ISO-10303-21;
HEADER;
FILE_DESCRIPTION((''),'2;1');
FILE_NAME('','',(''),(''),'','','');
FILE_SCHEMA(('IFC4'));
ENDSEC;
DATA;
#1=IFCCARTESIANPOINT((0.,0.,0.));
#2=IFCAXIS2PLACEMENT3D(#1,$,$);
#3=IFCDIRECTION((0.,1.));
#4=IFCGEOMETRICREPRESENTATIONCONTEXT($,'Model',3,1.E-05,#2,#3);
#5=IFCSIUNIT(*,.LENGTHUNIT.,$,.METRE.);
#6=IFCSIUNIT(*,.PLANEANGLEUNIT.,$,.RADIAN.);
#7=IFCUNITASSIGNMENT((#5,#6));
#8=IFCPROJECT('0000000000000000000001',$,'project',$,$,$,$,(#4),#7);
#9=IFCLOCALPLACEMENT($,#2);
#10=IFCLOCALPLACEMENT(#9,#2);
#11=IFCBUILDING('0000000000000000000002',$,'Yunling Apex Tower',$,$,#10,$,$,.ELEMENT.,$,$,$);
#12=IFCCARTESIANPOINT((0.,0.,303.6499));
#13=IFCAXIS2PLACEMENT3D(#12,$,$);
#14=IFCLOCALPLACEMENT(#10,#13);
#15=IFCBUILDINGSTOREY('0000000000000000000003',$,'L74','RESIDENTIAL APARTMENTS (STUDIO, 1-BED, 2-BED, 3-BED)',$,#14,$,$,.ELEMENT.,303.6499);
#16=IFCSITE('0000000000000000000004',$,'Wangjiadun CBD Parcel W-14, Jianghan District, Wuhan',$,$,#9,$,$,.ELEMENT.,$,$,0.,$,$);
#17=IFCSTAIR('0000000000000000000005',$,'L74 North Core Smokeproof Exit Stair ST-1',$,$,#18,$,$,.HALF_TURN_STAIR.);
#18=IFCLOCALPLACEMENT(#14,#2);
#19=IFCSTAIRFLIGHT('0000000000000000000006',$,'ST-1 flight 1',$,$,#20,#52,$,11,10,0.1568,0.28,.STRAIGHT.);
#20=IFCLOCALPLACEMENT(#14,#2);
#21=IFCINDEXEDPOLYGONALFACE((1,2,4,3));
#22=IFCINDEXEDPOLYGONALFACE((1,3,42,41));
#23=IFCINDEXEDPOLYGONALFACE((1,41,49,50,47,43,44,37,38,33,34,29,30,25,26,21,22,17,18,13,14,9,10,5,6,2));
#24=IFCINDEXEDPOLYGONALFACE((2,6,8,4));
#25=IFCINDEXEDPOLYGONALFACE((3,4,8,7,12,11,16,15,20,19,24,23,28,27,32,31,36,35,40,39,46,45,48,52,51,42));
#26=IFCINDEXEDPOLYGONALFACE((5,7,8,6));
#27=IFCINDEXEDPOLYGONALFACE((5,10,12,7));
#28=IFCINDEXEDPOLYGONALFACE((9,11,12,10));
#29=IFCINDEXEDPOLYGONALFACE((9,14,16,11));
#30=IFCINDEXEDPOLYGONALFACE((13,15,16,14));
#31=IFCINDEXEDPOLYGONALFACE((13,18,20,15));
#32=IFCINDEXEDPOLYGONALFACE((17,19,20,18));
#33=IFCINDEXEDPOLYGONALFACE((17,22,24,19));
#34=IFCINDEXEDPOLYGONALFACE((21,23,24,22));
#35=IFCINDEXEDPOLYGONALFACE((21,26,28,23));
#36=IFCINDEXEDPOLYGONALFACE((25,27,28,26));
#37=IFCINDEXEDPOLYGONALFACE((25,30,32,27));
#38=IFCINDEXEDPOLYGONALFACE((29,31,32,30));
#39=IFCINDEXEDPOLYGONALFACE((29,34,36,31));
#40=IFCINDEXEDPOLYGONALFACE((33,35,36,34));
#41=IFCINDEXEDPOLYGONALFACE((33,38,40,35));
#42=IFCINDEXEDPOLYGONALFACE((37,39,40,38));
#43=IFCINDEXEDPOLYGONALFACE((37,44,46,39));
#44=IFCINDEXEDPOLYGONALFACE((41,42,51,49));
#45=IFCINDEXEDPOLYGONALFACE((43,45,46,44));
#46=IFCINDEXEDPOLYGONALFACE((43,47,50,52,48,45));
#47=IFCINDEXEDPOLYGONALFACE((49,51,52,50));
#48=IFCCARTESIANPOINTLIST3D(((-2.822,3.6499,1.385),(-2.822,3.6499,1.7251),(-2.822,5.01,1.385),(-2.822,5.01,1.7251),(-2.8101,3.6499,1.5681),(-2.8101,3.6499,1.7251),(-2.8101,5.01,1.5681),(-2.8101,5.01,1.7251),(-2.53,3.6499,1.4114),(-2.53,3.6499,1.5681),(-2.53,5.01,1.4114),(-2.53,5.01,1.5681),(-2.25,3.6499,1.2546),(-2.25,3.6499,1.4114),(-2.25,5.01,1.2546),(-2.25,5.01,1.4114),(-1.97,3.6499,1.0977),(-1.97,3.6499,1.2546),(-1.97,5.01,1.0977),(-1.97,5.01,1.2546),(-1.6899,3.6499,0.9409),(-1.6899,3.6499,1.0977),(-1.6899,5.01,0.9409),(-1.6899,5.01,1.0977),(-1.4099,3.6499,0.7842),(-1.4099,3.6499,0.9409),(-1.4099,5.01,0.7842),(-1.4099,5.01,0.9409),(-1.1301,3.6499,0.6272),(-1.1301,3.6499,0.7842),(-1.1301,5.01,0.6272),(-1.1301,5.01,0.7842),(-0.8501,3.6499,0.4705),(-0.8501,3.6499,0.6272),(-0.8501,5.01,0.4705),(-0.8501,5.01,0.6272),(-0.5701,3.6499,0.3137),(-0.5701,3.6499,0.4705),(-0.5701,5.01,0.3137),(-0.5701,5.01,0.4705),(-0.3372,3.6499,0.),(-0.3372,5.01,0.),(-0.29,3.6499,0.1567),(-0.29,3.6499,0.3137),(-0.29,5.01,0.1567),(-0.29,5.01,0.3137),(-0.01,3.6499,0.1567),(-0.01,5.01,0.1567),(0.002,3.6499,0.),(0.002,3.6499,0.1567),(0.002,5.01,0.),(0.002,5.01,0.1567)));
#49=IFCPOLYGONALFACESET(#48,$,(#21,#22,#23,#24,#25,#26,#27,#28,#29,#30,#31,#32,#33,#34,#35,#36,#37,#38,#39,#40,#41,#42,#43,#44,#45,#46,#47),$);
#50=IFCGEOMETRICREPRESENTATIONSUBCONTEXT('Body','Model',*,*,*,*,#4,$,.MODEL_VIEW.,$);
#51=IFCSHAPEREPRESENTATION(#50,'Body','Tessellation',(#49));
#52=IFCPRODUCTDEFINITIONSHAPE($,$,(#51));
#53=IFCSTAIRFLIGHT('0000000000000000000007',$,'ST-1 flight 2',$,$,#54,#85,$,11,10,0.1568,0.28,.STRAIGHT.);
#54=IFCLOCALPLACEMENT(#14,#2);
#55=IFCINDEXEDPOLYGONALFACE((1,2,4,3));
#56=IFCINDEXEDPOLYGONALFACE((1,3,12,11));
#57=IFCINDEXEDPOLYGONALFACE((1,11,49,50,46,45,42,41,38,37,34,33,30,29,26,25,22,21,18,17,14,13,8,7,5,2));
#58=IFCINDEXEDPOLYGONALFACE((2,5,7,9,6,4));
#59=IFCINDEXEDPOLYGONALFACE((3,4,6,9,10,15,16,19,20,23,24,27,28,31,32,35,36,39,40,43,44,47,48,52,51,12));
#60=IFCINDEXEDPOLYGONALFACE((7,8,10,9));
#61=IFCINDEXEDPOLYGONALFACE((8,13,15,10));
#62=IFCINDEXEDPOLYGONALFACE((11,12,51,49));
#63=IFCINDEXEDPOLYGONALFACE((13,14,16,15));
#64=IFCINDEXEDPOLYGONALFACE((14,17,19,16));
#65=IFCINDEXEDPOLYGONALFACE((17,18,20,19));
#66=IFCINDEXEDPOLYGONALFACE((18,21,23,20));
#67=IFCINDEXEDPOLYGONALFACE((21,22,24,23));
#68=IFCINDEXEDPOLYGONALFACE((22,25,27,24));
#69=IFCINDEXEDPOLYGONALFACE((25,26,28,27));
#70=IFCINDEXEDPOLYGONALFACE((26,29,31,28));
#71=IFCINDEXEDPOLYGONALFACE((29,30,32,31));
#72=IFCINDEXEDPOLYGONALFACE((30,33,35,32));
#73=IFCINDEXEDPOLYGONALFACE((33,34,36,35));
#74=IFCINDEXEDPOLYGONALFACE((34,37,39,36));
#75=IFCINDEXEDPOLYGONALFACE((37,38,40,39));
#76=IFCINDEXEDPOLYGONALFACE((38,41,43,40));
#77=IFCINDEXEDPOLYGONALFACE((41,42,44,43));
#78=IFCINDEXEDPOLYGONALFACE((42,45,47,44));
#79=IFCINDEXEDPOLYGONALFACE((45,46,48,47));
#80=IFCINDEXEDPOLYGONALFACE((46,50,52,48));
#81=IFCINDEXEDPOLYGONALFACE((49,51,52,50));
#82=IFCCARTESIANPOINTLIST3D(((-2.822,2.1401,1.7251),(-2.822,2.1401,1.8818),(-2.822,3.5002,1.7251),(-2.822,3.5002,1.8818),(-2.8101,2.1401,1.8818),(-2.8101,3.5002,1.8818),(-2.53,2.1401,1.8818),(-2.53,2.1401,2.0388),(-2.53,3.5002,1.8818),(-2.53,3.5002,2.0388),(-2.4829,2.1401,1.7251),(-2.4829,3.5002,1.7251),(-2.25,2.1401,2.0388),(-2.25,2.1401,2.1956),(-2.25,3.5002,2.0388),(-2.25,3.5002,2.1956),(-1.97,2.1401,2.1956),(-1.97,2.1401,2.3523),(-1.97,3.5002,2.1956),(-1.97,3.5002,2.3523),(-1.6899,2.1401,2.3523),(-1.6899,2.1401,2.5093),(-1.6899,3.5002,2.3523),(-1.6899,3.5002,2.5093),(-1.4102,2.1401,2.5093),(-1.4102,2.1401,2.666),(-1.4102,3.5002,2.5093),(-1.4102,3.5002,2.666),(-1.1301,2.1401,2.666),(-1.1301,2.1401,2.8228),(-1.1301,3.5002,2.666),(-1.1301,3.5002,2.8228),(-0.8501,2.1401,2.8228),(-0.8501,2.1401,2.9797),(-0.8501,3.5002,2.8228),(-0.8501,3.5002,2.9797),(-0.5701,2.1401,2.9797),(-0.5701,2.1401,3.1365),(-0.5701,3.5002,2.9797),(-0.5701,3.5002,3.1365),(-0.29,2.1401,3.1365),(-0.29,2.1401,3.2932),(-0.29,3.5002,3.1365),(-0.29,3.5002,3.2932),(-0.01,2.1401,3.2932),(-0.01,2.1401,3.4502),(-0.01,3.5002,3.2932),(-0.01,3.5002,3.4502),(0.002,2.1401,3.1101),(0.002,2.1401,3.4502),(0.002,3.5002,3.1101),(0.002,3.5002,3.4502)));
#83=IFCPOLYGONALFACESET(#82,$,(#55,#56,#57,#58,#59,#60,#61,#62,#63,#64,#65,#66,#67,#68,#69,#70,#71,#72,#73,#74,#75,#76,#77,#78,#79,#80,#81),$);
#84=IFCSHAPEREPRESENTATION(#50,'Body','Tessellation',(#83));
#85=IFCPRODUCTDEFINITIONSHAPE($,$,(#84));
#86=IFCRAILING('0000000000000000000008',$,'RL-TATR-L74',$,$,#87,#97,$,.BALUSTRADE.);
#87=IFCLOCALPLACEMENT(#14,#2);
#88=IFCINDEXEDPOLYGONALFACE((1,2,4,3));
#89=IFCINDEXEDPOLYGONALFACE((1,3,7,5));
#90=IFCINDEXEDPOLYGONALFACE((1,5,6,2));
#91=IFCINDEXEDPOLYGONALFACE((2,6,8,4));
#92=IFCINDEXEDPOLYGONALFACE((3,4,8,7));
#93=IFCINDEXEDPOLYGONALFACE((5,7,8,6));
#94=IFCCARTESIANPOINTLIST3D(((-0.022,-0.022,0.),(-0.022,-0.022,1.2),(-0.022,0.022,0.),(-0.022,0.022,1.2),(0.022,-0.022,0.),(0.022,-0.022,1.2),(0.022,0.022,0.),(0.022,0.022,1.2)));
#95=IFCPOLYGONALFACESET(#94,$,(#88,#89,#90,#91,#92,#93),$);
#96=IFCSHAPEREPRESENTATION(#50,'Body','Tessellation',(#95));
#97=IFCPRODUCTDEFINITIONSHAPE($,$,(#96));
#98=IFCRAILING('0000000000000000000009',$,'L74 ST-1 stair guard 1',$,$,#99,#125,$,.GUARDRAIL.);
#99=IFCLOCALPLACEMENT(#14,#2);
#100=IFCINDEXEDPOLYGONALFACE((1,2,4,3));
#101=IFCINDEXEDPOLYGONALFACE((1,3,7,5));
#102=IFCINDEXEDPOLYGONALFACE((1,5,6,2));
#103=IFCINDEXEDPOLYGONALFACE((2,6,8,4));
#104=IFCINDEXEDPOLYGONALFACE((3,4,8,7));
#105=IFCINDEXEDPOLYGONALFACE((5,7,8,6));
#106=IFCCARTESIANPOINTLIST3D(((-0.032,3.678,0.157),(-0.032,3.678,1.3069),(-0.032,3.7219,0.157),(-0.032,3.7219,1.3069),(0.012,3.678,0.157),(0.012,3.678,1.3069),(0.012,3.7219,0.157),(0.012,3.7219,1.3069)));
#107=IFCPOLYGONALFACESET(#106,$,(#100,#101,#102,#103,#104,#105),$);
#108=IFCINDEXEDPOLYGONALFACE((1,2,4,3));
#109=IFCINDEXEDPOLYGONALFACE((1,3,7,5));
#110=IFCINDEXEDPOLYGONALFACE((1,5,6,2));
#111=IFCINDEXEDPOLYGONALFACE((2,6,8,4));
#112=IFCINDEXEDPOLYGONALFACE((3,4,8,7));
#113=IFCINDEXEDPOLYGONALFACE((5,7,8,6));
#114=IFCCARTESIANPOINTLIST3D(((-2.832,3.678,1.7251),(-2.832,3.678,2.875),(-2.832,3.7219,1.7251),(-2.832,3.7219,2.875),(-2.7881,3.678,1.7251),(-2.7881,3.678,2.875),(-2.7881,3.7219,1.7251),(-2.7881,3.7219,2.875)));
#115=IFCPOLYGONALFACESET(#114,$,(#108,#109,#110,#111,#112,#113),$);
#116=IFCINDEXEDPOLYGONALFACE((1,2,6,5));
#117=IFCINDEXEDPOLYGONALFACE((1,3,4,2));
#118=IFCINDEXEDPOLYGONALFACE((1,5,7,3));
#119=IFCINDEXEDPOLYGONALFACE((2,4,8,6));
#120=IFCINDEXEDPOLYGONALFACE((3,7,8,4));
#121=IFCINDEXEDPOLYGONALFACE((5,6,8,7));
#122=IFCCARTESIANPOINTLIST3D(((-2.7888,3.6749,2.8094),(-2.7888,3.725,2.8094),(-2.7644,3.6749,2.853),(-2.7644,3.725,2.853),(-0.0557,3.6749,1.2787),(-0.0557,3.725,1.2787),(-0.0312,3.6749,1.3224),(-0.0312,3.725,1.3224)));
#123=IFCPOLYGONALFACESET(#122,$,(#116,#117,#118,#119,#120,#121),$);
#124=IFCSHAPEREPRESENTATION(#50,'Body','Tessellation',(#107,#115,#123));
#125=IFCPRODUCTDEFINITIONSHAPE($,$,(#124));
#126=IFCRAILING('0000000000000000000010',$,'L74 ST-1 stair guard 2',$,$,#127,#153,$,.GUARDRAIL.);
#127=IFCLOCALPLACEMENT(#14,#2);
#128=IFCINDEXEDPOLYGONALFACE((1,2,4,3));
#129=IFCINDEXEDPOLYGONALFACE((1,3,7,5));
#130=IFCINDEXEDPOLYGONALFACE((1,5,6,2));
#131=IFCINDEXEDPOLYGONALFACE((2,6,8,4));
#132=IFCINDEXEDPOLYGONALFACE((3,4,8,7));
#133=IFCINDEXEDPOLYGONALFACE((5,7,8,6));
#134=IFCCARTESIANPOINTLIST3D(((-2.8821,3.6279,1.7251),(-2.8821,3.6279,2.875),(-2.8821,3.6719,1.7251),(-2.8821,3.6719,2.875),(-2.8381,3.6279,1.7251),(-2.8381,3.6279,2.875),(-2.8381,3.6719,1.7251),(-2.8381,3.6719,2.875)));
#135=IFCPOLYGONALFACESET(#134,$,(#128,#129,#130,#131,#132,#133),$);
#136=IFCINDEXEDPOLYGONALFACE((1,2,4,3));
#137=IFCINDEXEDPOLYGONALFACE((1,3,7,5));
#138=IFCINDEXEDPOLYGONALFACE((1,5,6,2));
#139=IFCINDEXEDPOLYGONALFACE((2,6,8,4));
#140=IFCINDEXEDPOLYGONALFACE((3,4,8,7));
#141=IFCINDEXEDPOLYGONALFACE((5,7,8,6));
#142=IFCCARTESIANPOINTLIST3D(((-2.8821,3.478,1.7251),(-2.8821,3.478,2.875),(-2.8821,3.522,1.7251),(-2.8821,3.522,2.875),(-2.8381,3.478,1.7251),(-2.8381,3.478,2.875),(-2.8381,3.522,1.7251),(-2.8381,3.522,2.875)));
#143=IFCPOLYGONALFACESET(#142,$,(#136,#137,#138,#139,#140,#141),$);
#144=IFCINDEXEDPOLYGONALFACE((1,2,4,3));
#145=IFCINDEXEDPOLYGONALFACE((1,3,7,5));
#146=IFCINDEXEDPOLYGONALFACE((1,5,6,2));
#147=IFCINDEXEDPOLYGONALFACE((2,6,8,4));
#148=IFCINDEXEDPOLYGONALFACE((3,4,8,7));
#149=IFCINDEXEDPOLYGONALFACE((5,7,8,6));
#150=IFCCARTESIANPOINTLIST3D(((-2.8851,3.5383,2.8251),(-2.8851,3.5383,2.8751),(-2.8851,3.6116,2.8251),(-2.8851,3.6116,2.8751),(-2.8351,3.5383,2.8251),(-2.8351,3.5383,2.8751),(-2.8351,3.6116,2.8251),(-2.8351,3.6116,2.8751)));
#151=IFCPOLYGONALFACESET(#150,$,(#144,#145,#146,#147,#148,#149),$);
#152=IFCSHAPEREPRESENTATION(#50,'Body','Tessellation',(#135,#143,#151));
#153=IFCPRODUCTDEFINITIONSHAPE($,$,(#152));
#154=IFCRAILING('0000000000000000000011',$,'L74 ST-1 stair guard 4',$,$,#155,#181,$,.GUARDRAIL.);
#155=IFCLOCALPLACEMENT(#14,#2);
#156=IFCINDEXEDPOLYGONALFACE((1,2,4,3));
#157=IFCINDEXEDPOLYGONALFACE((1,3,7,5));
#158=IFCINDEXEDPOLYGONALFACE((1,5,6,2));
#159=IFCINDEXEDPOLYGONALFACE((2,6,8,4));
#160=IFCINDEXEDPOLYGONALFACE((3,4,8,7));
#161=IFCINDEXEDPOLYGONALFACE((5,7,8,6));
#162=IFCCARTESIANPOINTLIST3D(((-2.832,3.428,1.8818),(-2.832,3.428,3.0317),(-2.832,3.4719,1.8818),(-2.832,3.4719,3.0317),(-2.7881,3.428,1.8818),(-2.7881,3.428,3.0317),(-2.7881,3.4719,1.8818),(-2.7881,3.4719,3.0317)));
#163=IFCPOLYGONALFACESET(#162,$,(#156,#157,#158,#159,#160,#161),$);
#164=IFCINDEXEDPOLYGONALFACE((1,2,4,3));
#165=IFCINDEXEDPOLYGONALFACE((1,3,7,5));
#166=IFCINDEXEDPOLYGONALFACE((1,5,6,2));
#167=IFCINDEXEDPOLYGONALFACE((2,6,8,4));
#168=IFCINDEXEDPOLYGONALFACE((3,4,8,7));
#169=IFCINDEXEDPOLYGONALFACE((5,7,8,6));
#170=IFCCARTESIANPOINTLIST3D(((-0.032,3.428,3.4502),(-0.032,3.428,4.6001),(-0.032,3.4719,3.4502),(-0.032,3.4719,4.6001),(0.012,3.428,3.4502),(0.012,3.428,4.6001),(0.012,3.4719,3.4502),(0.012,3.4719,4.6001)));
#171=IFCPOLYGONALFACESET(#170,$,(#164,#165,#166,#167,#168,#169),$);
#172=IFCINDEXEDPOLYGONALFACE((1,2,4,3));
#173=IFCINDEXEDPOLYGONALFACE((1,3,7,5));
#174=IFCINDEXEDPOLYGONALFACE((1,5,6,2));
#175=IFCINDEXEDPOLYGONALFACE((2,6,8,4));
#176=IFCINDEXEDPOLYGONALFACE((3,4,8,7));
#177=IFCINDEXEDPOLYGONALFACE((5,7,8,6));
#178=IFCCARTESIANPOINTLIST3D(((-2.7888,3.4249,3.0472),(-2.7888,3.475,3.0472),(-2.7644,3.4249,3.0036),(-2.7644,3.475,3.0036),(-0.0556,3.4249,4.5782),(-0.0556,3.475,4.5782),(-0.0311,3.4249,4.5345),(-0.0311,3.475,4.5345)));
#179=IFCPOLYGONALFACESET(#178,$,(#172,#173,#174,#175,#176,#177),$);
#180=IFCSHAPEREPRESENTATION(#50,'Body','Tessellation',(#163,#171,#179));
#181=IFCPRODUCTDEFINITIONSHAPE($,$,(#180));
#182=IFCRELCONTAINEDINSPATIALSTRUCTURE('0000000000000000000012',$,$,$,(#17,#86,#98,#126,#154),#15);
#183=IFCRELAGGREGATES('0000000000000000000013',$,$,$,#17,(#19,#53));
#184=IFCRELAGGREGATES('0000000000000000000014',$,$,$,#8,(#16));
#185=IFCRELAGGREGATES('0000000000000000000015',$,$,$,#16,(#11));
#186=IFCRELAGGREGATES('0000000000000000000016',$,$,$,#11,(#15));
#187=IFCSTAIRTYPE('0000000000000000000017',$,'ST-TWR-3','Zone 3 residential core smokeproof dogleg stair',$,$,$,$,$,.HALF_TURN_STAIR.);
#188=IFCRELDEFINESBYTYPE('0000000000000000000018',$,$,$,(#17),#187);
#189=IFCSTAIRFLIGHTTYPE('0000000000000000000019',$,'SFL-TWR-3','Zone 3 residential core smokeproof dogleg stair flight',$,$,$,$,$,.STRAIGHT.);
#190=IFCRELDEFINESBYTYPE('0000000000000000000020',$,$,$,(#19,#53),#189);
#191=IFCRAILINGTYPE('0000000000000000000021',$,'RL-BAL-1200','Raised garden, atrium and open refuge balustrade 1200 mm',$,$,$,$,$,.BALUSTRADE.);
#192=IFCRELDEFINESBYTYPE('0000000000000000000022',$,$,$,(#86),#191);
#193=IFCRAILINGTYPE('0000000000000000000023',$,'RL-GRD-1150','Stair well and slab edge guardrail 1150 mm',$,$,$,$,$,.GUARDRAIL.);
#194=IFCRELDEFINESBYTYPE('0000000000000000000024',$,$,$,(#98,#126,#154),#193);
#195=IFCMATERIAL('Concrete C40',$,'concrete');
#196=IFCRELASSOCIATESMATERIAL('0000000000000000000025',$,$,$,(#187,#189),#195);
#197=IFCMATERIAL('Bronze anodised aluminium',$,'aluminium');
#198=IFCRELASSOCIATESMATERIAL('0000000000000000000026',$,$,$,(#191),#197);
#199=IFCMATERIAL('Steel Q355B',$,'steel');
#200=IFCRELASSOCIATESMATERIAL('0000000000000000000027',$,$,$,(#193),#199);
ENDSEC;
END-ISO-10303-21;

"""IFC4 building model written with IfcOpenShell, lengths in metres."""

from ifc_helpers import new_model, si_unit, direction, frame, origin, origin_2d, place, context, subcontext, project, spatial, polyline, rectangle, outline, extrude, material, type_object, element, aggregate, save


model = new_model("IFC4")

# Units and contexts
model_context = context("Model", 3, precision=1e-05, world=origin(), true_north=direction((0.0, 1.0)))
body_context = subcontext(model_context, "Body", "Model", "MODEL_VIEW")
ifc_project = project(units=[si_unit("LENGTHUNIT", "METRE"), si_unit("PLANEANGLEUNIT", "RADIAN")], contexts=[model_context])

# Site, building, storey
site_placement = place(None, origin())
site = spatial("IfcSite", under=ifc_project, at=site_placement, Name="Wangjiadun CBD Parcel W-14, Jianghan District, Wuhan", CompositionType="ELEMENT", RefElevation=0.0)
building_placement = place(site_placement, origin())
building = spatial("IfcBuilding", under=site, at=building_placement, Name="Yunling Apex Tower", CompositionType="ELEMENT")
storey_placement = place(building_placement, frame((0.0, 0.0, 303.6499)))
storey = spatial("IfcBuildingStorey", under=building, at=storey_placement, Name="L74", Description="RESIDENTIAL APARTMENTS (STUDIO, 1-BED, 2-BED, 3-BED)", CompositionType="ELEMENT", Elevation=303.6499)

# Shared definitions
ifc_material_1 = material(Name="Concrete C40", Category="concrete")

# Stair
stair_type = type_object("IfcStairType", Name="ST-TWR-3", Description="Zone 3 residential core smokeproof dogleg stair", PredefinedType="HALF_TURN_STAIR", material=ifc_material_1)
stair_1_placement = place(storey_placement, origin())
stair_1 = element("IfcStair", 1, at=stair_1_placement, inside=storey, type_object=stair_type, Name="L74 North Core Smokeproof Exit Stair ST-1", PredefinedType="HALF_TURN_STAIR")

# Shared definitions
ifc_material_2 = material(Name="Steel Q355B", Category="steel")

# Stair flights
stair_flight_type = type_object("IfcStairFlightType", Name="SFL-TWR-3", Description="Zone 3 residential core smokeproof dogleg stair flight", PredefinedType="STRAIGHT", material=ifc_material_1)
stair_flight_1_placement = place(storey_placement, frame((-0.01, 4.3301, 0.0), z_axis=(0.0, 0.0, 1.0), x_axis=(-1.0, 0.0, 0.0)))
stair_flight_1 = element("IfcStairFlight", 2, at=stair_flight_1_placement, type_object=stair_flight_type, Name="ST-1 flight 1", NumberOfRisers=11, NumberOfTreads=10, PredefinedType="STRAIGHT", RiserHeight=0.1568, TreadLength=0.28, context=body_context, shape_type="SweptSolid", body=[
    extrude(outline(polyline([(-0.012, 0.0), (-0.012, 0.1567), (0.0, 0.1567), (0.28, 0.1567), (0.28, 0.3137), (0.5601, 0.3137), (0.5601, 0.4705), (0.8401, 0.4705), (0.8401, 0.6272), (1.1201, 0.6272), (1.1201, 0.7842), (1.3999, 0.7842), (1.3999, 0.9409), (1.6799, 0.9409), (1.6799, 1.0977), (1.96, 1.0977), (1.96, 1.2546), (2.24, 1.2546), (2.24, 1.4114), (2.52, 1.4114), (2.52, 1.5681), (2.8, 1.5681), (2.8, 1.7251), (2.812, 1.7251), (2.812, 1.385), (0.3271, 0.0), (-0.012, 0.0)])), frame((0.0, 0.6802, 0.0), z_axis=(0.0, -1.0, 0.0), x_axis=(1.0, 0.0, 0.0)), (0.0, 0.0, 1.0), 1.3601),
])
stair_flight_2_placement = place(storey_placement, frame((-2.8101, 2.8201, 1.7251), z_axis=(0.0, 0.0, 1.0), x_axis=(1.0, 0.0, 0.0)))
stair_flight_2 = element("IfcStairFlight", 3, at=stair_flight_2_placement, type_object=stair_flight_type, Name="ST-1 flight 2", NumberOfRisers=11, NumberOfTreads=10, PredefinedType="STRAIGHT", RiserHeight=0.1568, TreadLength=0.28, context=body_context, shape_type="SweptSolid", body=[
    extrude(outline(polyline([(-0.012, 0.0), (-0.012, 0.1567), (0.0, 0.1567), (0.28, 0.1567), (0.28, 0.3137), (0.5601, 0.3137), (0.5601, 0.4705), (0.8401, 0.4705), (0.8401, 0.6272), (1.1201, 0.6272), (1.1201, 0.7842), (1.3999, 0.7842), (1.3999, 0.9409), (1.6799, 0.9409), (1.6799, 1.0977), (1.96, 1.0977), (1.96, 1.2546), (2.24, 1.2546), (2.24, 1.4114), (2.52, 1.4114), (2.52, 1.5681), (2.8, 1.5681), (2.8, 1.7251), (2.812, 1.7251), (2.812, 1.385), (0.3271, 0.0), (-0.012, 0.0)])), frame((0.0, 0.6802, 0.0), z_axis=(0.0, -1.0, 0.0), x_axis=(1.0, 0.0, 0.0)), (0.0, 0.0, 1.0), 1.3601),
])
aggregate(stair_1, [stair_flight_1, stair_flight_2])

# Railings
ifc_material_3 = material(Name="Bronze anodised aluminium", Category="aluminium")
railing_type_1 = type_object("IfcRailingType", Name="RL-BAL-1200", Description="Raised garden, atrium and open refuge balustrade 1200 mm", PredefinedType="BALUSTRADE", material=ifc_material_3)
railing_1_placement = place(storey_placement, origin())
element("IfcRailing", 4, at=railing_1_placement, inside=storey, type_object=railing_type_1, Name="RL-TATR-L74", PredefinedType="BALUSTRADE", context=body_context, shape_type="SweptSolid", body=[
    extrude(rectangle(XDim=0.0439, YDim=0.0439, at=origin_2d()), origin(), (0.0, 0.0, 1.0), 1.2),
])
railing_type_2 = type_object("IfcRailingType", Name="RL-GRD-1150", Description="Stair well and slab edge guardrail 1150 mm", PredefinedType="GUARDRAIL", material=ifc_material_2)
railing_2_placement = place(storey_placement, frame((-0.01, 3.7, 0.157)))
element("IfcRailing", 5, at=railing_2_placement, inside=storey, type_object=railing_type_2, Name="L74 ST-1 stair guard 1", PredefinedType="GUARDRAIL", context=body_context, shape_type="SweptSolid", body=[
    extrude(rectangle(XDim=0.0439, YDim=0.0439, at=origin_2d()), origin(), (0.0, 0.0, 1.0), 1.1499),
    extrude(rectangle(XDim=0.0439, YDim=0.0439, at=origin_2d()), frame((-2.8, 0.0, 1.5681)), (0.0, 0.0, 1.0), 1.1499),
    extrude(rectangle(XDim=0.05, YDim=0.05, at=origin_2d()), frame((-0.0334, 0.0, 1.1436), z_axis=(-0.872494, 0.0, 0.488624), x_axis=(0.0, -1.0, 0.0)), (0.0, 0.0, 1.0), 3.1326),
])
railing_3_placement = place(storey_placement, frame((-2.8601, 3.6499, 1.7251)))
element("IfcRailing", 6, at=railing_3_placement, inside=storey, type_object=railing_type_2, Name="L74 ST-1 stair guard 2", PredefinedType="GUARDRAIL", context=body_context, shape_type="SweptSolid", body=[
    extrude(rectangle(XDim=0.0439, YDim=0.0439, at=origin_2d()), origin(), (0.0, 0.0, 1.0), 1.1499),
    extrude(rectangle(XDim=0.0439, YDim=0.0439, at=origin_2d()), frame((0.0, -0.1499, 0.0)), (0.0, 0.0, 1.0), 1.1499),
    extrude(rectangle(XDim=0.05, YDim=0.05, at=origin_2d()), frame((0.0, -0.0383, 1.125), z_axis=(0.0, -1.0, 0.0), x_axis=(1.0, 0.0, 0.0)), (0.0, 0.0, 1.0), 0.0732),
])
railing_4_placement = place(storey_placement, frame((-2.8101, 3.45, 1.8818)))
element("IfcRailing", 7, at=railing_4_placement, inside=storey, type_object=railing_type_2, Name="L74 ST-1 stair guard 4", PredefinedType="GUARDRAIL", context=body_context, shape_type="SweptSolid", body=[
    extrude(rectangle(XDim=0.0439, YDim=0.0439, at=origin_2d()), origin(), (0.0, 0.0, 1.0), 1.1499),
    extrude(rectangle(XDim=0.0439, YDim=0.0439, at=origin_2d()), frame((2.8, 0.0, 1.5684)), (0.0, 0.0, 1.0), 1.1499),
    extrude(rectangle(XDim=0.05, YDim=0.05, at=origin_2d()), frame((0.0334, 0.0, 1.1436), z_axis=(0.872462, 0.0, 0.488682), x_axis=(0.0, 1.0, 0.0)), (0.0, 0.0, 1.0), 3.1328),
])

save(model, "model.ifc")
